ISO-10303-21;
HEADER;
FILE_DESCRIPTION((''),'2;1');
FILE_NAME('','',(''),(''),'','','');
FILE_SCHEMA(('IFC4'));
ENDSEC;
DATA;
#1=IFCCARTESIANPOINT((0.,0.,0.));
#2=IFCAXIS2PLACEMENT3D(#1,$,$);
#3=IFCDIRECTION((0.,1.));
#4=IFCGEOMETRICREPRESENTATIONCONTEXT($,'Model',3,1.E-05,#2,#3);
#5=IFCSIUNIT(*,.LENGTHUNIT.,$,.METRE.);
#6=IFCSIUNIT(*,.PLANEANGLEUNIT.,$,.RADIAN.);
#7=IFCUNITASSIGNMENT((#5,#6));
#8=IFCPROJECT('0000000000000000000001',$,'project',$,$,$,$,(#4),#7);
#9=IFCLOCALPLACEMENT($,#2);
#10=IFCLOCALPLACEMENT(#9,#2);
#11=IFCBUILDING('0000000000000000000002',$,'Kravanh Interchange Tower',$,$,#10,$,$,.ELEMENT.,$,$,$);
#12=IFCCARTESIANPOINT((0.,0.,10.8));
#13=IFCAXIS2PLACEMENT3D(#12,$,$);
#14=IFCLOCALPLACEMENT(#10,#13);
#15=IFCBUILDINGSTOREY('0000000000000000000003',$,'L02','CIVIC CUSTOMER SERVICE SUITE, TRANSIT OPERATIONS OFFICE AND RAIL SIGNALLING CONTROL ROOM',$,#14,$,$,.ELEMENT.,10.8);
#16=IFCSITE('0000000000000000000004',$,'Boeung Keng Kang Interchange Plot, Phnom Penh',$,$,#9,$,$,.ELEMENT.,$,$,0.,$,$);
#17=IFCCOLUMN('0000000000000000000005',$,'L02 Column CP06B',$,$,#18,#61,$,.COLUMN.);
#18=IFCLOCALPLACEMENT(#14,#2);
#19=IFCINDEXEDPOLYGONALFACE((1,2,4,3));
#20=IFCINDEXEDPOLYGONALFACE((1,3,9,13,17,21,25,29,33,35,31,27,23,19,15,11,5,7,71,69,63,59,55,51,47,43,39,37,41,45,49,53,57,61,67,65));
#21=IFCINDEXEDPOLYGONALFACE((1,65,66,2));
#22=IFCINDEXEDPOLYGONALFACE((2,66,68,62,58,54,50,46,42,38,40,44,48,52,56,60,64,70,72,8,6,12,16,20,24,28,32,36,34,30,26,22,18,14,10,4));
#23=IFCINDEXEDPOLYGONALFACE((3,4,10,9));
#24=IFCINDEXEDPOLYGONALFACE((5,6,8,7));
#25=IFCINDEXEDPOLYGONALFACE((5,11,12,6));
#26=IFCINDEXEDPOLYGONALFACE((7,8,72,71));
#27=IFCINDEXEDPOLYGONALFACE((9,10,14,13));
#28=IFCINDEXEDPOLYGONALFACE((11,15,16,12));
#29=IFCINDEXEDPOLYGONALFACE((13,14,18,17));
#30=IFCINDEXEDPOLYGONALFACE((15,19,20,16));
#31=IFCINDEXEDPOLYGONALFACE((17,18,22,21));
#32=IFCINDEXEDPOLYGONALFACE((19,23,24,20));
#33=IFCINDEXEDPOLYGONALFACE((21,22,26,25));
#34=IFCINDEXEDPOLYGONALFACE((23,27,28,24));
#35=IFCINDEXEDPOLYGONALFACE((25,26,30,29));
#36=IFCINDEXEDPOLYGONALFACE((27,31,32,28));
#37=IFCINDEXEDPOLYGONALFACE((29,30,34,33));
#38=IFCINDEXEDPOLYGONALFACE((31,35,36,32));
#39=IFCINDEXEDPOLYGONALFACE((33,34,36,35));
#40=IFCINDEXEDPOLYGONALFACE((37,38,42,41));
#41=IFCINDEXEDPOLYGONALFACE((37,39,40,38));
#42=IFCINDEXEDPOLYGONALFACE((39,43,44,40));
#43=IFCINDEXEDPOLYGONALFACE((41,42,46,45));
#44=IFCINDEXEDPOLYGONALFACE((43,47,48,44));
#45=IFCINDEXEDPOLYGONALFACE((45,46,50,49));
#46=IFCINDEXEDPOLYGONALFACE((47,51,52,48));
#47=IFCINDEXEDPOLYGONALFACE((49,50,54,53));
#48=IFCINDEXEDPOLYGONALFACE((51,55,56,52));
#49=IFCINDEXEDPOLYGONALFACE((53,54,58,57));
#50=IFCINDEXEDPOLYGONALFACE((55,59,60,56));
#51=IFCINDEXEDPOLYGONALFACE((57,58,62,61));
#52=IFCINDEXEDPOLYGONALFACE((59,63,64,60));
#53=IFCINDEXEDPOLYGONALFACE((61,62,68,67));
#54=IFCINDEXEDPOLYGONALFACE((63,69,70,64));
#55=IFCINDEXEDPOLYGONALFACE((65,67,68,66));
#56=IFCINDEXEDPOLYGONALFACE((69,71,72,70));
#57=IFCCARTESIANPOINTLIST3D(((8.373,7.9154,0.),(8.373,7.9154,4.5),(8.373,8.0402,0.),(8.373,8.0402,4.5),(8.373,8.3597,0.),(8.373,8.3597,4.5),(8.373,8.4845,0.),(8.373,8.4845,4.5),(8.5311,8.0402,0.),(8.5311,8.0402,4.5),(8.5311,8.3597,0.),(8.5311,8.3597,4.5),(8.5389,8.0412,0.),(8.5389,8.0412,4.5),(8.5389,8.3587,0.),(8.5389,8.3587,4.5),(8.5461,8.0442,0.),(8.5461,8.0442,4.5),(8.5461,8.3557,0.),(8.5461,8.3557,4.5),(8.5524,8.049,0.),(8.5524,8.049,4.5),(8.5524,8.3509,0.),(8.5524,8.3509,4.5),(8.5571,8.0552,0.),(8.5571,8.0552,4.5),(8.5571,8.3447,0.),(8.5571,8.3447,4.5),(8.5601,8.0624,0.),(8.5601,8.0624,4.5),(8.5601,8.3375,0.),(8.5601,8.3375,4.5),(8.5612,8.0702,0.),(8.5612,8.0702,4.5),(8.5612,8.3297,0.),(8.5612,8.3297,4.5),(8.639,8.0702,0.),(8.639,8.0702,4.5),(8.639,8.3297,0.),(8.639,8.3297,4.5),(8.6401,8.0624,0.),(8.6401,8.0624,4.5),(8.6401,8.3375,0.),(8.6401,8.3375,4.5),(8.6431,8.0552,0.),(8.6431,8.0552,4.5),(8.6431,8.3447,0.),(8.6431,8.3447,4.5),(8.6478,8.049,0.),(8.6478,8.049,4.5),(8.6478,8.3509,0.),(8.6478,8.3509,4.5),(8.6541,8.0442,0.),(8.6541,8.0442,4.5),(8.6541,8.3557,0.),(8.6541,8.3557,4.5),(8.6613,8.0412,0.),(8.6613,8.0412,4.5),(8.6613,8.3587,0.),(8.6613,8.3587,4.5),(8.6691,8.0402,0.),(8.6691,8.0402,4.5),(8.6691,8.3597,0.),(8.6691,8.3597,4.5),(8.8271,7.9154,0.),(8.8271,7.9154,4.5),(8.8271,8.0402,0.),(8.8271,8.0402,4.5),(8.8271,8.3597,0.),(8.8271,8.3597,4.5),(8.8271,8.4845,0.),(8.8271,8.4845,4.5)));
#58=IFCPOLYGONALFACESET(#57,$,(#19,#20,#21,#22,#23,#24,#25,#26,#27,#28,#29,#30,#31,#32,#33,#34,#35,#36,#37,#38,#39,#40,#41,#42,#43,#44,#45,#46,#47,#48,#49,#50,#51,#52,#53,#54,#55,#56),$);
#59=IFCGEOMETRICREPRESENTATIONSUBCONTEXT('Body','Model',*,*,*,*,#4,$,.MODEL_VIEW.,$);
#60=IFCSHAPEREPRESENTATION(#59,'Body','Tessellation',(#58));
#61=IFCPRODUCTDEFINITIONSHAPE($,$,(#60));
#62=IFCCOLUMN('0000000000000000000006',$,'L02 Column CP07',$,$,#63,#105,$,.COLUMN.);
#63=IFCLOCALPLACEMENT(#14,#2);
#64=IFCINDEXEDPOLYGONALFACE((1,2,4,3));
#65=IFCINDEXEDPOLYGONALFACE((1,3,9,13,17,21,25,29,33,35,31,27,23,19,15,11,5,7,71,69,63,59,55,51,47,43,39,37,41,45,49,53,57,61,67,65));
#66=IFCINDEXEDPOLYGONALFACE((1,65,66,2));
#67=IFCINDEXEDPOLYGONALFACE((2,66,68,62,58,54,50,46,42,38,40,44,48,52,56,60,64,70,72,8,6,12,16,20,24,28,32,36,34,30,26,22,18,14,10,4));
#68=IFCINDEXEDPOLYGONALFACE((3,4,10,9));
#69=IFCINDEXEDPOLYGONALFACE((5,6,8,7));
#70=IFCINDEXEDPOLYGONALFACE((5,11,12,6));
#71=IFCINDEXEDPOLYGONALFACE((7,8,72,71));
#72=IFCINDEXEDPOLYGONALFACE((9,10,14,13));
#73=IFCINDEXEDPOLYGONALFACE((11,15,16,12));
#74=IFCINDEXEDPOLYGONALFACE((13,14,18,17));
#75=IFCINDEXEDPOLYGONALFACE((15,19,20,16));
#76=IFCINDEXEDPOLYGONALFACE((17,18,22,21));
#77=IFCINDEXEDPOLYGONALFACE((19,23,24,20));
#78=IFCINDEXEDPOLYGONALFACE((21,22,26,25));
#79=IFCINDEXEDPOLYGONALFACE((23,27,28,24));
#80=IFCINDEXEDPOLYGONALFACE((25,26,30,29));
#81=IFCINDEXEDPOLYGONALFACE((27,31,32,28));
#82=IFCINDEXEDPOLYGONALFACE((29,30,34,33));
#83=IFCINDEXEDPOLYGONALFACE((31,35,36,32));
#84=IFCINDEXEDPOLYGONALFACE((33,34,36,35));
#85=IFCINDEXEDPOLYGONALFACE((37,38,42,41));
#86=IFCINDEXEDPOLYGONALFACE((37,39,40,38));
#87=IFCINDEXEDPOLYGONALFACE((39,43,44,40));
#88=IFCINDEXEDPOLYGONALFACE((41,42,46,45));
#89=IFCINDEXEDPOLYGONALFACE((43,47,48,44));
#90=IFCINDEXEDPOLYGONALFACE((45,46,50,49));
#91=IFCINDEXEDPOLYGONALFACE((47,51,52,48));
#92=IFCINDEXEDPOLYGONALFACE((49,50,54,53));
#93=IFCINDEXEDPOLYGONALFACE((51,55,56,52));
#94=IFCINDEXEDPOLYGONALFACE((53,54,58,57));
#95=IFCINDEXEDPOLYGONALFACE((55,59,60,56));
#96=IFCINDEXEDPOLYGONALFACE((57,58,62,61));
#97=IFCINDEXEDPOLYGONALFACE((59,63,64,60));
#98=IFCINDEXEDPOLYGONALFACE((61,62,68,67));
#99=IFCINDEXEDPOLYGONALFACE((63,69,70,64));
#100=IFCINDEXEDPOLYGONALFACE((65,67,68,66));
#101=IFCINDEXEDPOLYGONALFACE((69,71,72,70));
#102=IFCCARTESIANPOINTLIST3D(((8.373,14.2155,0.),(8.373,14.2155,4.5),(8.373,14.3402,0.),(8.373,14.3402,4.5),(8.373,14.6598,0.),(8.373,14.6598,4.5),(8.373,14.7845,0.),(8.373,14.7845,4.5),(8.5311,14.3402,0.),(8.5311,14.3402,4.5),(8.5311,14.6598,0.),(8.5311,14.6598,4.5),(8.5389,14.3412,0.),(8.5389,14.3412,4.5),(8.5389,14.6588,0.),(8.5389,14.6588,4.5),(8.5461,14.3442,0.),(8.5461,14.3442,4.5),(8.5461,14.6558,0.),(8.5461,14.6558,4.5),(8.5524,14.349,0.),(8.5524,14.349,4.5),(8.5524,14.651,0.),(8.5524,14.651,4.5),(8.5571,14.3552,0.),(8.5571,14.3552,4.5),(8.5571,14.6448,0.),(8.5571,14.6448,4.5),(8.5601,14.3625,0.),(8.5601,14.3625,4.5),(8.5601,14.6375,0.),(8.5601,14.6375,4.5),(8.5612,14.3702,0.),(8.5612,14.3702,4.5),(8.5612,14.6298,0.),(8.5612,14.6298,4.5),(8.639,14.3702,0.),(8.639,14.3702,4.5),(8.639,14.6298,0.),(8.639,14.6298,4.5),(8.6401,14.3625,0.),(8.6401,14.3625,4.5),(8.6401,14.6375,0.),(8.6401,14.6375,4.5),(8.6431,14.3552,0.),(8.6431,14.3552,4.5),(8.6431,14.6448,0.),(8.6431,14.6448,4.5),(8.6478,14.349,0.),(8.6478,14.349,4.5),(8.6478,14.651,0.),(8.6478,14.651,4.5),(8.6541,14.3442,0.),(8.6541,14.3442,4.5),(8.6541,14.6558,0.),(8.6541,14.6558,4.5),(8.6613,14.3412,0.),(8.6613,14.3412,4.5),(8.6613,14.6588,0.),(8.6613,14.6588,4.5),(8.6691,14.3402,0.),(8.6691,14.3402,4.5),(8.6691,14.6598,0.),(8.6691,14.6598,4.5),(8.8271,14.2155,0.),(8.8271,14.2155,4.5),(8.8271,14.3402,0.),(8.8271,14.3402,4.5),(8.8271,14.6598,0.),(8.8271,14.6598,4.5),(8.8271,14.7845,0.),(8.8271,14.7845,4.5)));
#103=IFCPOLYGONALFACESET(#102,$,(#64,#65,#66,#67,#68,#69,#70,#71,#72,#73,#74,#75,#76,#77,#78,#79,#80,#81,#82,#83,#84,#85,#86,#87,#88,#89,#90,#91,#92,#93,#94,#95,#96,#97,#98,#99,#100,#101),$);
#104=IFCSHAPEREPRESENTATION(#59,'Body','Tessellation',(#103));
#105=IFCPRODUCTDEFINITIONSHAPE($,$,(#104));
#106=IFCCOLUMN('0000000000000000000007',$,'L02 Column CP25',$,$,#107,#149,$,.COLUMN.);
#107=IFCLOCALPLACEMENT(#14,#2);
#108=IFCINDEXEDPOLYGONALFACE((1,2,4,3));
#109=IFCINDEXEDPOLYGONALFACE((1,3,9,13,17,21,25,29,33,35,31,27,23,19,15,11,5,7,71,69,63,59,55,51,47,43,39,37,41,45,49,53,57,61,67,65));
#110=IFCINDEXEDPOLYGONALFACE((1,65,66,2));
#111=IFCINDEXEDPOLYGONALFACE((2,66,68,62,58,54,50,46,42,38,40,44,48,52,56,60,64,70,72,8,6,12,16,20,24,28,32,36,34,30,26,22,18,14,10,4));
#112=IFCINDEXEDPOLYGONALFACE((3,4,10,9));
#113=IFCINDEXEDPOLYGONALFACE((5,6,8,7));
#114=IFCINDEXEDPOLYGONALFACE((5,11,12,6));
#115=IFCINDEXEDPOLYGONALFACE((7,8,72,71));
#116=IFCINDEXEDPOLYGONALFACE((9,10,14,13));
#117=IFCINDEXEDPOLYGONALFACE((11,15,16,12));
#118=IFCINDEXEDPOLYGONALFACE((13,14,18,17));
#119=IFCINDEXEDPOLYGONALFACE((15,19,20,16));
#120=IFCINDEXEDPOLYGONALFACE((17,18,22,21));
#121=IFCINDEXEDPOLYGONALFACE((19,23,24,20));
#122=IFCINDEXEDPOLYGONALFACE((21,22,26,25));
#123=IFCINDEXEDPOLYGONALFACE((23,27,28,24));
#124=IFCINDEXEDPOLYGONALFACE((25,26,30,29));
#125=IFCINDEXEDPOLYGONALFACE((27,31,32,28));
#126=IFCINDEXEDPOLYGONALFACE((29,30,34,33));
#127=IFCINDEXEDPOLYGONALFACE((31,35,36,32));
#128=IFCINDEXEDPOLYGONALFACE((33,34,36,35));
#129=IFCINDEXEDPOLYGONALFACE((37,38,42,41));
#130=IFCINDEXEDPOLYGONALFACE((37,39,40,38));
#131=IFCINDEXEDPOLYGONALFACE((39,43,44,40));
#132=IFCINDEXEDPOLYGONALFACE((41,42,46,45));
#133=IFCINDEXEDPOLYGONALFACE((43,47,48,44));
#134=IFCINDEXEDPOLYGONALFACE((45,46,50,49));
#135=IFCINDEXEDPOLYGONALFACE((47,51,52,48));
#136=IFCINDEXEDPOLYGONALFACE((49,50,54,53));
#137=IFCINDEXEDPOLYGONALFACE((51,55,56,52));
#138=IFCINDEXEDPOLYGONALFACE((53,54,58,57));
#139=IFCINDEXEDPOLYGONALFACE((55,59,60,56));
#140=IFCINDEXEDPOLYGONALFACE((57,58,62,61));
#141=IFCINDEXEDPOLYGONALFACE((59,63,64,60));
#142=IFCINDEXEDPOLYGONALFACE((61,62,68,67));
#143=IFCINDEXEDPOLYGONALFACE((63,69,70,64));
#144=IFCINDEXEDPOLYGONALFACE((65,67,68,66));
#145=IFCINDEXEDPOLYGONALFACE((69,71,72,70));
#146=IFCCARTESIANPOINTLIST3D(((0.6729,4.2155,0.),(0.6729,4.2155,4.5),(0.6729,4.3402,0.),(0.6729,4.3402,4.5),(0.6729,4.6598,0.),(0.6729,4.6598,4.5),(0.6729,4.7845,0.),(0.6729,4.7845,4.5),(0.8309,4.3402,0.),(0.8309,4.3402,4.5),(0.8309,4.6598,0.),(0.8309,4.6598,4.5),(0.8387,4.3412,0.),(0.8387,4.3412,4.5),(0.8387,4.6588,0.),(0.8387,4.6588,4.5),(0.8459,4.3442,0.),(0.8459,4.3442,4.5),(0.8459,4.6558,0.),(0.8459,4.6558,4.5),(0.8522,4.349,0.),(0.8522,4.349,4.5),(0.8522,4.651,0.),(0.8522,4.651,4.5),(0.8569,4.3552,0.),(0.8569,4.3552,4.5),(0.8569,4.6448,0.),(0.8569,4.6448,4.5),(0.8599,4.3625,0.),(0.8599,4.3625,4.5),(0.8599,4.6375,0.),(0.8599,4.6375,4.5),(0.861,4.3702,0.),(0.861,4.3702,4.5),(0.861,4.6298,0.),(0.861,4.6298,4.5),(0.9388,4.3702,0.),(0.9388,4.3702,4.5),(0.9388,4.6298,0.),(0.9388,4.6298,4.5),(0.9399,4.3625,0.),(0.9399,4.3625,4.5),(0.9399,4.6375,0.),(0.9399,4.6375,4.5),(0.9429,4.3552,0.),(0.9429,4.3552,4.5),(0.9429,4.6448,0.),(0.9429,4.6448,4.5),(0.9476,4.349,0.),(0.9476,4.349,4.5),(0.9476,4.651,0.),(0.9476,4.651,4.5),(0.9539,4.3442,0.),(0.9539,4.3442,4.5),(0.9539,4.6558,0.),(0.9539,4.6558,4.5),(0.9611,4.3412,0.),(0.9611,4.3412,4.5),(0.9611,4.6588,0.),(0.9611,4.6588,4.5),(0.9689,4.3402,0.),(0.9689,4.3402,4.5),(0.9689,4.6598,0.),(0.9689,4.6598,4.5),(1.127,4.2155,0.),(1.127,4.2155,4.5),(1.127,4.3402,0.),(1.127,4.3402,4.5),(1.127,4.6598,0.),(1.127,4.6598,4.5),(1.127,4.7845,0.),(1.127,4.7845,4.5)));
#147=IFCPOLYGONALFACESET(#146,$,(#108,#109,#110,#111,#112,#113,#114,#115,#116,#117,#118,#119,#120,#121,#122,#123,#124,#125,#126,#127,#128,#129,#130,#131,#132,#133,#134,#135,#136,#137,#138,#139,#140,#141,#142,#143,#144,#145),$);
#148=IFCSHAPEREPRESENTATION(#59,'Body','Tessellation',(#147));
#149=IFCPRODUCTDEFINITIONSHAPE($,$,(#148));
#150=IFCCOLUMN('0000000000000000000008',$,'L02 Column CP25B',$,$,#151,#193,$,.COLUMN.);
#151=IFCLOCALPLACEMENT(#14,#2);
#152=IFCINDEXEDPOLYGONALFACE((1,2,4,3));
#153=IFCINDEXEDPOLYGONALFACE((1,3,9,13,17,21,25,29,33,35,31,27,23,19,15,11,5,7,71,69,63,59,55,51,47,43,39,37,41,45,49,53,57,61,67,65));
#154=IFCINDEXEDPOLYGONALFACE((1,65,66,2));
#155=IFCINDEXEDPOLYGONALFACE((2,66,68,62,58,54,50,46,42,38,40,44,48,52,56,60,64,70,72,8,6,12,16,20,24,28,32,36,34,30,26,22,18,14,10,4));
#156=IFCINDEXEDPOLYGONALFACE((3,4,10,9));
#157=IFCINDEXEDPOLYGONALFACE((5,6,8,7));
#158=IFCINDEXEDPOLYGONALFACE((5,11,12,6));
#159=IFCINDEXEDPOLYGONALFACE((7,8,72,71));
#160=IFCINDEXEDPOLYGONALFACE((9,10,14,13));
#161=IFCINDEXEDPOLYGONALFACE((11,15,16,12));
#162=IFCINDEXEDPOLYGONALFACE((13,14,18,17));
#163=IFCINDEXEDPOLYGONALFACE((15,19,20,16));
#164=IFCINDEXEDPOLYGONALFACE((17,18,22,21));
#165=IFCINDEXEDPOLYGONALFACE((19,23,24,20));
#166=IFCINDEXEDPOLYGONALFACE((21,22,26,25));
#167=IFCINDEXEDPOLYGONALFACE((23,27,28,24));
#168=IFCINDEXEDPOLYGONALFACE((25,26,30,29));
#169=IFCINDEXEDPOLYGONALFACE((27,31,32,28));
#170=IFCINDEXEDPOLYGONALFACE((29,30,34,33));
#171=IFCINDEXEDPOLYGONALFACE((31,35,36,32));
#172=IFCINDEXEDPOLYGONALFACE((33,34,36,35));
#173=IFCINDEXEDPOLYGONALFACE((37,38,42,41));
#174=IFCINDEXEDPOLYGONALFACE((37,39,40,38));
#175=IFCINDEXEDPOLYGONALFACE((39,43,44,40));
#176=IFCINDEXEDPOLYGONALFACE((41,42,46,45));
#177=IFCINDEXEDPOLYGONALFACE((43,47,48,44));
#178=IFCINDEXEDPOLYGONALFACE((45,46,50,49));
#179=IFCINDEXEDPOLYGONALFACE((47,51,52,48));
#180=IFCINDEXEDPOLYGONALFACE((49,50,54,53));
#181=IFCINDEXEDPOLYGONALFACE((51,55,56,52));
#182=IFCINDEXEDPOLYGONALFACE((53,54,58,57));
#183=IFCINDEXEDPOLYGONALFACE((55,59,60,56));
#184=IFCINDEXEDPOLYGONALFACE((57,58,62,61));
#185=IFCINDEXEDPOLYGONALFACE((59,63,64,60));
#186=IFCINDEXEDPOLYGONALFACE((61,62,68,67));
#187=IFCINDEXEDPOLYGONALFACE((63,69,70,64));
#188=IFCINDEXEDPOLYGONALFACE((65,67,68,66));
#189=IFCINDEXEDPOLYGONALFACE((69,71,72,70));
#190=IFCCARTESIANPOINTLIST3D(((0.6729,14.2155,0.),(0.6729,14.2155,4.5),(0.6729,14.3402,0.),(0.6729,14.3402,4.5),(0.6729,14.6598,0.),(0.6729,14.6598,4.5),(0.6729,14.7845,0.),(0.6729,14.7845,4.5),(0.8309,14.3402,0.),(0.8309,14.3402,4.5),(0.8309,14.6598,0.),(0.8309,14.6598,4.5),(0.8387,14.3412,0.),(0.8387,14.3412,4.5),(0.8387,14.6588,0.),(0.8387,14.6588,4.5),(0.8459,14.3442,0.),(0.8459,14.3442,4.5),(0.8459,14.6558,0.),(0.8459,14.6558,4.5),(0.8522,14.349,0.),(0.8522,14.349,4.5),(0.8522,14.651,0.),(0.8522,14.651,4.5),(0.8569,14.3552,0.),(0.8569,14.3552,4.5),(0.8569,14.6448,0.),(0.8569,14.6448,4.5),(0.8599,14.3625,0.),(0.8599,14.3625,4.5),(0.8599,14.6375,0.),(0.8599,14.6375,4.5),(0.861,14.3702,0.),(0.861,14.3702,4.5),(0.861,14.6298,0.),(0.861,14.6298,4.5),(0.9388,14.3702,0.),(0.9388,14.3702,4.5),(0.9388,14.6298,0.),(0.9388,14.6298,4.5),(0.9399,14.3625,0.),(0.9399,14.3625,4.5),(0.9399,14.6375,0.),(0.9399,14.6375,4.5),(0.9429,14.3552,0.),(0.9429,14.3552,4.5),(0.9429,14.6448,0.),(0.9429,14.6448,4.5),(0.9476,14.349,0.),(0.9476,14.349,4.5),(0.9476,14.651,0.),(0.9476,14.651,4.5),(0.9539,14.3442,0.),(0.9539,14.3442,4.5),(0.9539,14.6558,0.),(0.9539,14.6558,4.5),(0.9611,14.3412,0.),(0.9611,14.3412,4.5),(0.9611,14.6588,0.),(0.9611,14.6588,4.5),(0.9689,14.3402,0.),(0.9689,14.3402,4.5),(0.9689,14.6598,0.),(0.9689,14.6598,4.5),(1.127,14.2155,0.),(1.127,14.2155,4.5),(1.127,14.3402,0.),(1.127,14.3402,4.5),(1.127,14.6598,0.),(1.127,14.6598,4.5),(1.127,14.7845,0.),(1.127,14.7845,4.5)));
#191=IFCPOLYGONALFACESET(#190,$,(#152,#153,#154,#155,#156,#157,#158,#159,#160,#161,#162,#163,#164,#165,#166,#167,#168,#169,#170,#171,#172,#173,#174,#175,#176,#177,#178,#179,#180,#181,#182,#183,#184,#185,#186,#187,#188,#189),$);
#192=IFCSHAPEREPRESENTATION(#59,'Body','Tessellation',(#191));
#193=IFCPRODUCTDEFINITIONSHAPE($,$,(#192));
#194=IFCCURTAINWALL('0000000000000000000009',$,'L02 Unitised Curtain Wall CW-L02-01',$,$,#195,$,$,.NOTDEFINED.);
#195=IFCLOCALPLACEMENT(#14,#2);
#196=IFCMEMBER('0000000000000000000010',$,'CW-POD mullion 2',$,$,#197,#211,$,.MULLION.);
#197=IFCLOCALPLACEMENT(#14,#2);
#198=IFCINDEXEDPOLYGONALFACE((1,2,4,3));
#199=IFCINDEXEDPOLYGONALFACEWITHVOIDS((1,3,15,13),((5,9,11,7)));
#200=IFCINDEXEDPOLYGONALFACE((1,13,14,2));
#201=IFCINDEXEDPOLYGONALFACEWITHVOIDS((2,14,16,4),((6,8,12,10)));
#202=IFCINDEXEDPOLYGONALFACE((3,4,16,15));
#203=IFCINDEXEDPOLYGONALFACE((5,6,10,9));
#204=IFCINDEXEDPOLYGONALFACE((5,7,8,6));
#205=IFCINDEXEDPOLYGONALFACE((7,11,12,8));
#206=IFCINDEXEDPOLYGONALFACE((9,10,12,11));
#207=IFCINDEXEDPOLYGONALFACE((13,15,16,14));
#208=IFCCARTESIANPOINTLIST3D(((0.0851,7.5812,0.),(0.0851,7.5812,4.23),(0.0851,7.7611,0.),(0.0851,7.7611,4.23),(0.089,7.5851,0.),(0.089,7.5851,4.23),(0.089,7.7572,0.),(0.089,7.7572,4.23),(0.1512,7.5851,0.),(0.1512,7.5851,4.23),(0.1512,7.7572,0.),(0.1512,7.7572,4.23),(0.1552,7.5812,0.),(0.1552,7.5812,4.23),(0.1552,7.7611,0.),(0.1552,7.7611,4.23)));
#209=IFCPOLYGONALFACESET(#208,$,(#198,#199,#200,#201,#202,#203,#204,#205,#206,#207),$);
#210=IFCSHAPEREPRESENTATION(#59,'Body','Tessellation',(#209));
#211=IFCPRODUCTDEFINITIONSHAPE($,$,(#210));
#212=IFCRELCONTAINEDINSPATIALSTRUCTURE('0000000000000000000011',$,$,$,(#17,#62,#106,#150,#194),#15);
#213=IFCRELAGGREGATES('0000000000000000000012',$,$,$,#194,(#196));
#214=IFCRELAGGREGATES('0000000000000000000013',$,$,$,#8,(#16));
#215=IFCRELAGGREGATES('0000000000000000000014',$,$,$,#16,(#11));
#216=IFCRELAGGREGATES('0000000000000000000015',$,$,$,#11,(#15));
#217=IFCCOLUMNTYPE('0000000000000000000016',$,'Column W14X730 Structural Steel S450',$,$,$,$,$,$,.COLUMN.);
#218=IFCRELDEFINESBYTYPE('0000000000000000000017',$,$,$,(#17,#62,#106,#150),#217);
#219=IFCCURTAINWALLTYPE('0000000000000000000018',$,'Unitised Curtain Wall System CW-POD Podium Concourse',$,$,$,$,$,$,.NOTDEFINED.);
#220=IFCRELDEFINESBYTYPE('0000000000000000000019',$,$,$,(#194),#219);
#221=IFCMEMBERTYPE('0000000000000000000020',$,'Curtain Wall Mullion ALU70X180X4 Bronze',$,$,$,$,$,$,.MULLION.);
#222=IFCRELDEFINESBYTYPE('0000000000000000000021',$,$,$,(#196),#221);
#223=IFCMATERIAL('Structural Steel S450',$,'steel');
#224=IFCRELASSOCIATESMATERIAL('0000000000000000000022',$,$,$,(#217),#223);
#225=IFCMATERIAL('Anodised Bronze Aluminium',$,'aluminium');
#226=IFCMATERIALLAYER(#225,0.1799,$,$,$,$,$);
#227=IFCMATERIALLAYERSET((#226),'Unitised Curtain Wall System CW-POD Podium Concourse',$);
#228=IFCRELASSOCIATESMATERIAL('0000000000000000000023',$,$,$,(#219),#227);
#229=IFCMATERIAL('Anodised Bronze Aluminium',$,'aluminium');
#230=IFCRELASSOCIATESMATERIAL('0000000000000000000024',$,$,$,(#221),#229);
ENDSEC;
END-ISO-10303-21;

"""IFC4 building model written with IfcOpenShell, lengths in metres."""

from ifc_helpers import new_model, si_unit, direction, frame, origin, origin_2d, place, context, subcontext, project, spatial, hollow_rectangle, i_section, extrude, material, layer, layer_set, material_profile, profile_set, type_object, element, aggregate, save


model = new_model("IFC4")

# Units and contexts
model_context = context("Model", 3, precision=1e-05, world=origin(), true_north=direction((0.0, 1.0)))
body_context = subcontext(model_context, "Body", "Model", "MODEL_VIEW")
ifc_project = project(units=[si_unit("LENGTHUNIT", "METRE"), si_unit("PLANEANGLEUNIT", "RADIAN")], contexts=[model_context])

# Site, building, storey
site_placement = place(None, origin())
site = spatial("IfcSite", under=ifc_project, at=site_placement, Name="Boeung Keng Kang Interchange Plot, Phnom Penh", CompositionType="ELEMENT", RefElevation=0.0)
building_placement = place(site_placement, origin())
building = spatial("IfcBuilding", under=site, at=building_placement, Name="Kravanh Interchange Tower", CompositionType="ELEMENT")
storey_placement = place(building_placement, frame((0.0, 0.0, 10.8)))
storey = spatial("IfcBuildingStorey", under=building, at=storey_placement, Name="L02", Description="CIVIC CUSTOMER SERVICE SUITE, TRANSIT OPERATIONS OFFICE AND RAIL SIGNALLING CONTROL ROOM", CompositionType="ELEMENT", Elevation=10.8)

# Columns
ifc_material_1 = material(Name="Structural Steel S450", Category="steel")
ifc_material_profile_1 = material_profile(ifc_material_1, i_section(OverallWidth=0.4541, OverallDepth=0.5691, WebThickness=0.0779, FlangeThickness=0.1248, FilletRadius=0.03, at=origin_2d()), Name="W14X730")
ifc_profile_set_1 = profile_set([ifc_material_profile_1], Name="Structural Steel S450")
column_type = type_object("IfcColumnType", Name="Column W14X730 Structural Steel S450", PredefinedType="COLUMN", material=ifc_profile_set_1)
for number, where, z_axis, x_axis, name in (
    (1, (8.6001, 8.2, 0.0), (0.0, 0.0, 1.0), (1.0, 0.0, 0.0), "L02 Column CP06B"),
    (2, (8.6001, 14.5, 0.0), (0.0, 0.0, 1.0), (1.0, 0.0, 0.0), "L02 Column CP07"),
    (3, (0.8999, 4.5, 0.0), (0.0, 0.0, 1.0), (1.0, 0.0, 0.0), "L02 Column CP25"),
    (4, (0.8999, 14.5, 0.0), (0.0, 0.0, 1.0), (1.0, 0.0, 0.0), "L02 Column CP25B"),
):
    element("IfcColumn", number, at=place(storey_placement, frame(where, z_axis=z_axis, x_axis=x_axis)), inside=storey, type_object=column_type, Name=name, PredefinedType="COLUMN", context=body_context, shape_type="SweptSolid", body=[
        extrude(i_section(OverallWidth=0.4541, OverallDepth=0.5691, WebThickness=0.0779, FlangeThickness=0.1248, FilletRadius=0.03, at=origin_2d()), origin(), (0.0, 0.0, 1.0), 4.5),
    ])

# Curtain wall, member
ifc_material_2 = material(Name="Anodised Bronze Aluminium", Category="aluminium")
ifc_layer_1 = layer(ifc_material_2, 0.1799)
ifc_layer_set_1 = layer_set([ifc_layer_1], Name="Unitised Curtain Wall System CW-POD Podium Concourse")
curtain_wall_type = type_object("IfcCurtainWallType", Name="Unitised Curtain Wall System CW-POD Podium Concourse", PredefinedType="NOTDEFINED", material=ifc_layer_set_1)
curtain_wall_placement = place(storey_placement, origin())
curtain_wall = element("IfcCurtainWall", 5, at=curtain_wall_placement, inside=storey, type_object=curtain_wall_type, Name="L02 Unitised Curtain Wall CW-L02-01", PredefinedType="NOTDEFINED")
ifc_material_3 = material(Name="Anodised Bronze Aluminium", Category="aluminium")
ifc_material_profile_2 = material_profile(ifc_material_3, hollow_rectangle(XDim=0.0701, YDim=0.1799, WallThickness=0.0039, at=origin_2d()), Name="ALU70X180X4")
ifc_profile_set_2 = profile_set([ifc_material_profile_2], Name="Anodised Bronze Aluminium")
member_type_1 = type_object("IfcMemberType", Name="Curtain Wall Mullion ALU70X180X4 Bronze", PredefinedType="MULLION", material=ifc_profile_set_2)
member_1_placement = place(storey_placement, frame((0.1201, 7.6711, 0.0), z_axis=(0.0, 0.0, 1.0), x_axis=(-1.0, 0.0, 0.0)))
member_1 = element("IfcMember", 6, at=member_1_placement, type_object=member_type_1, Name="CW-POD mullion 2", PredefinedType="MULLION", context=body_context, shape_type="SweptSolid", body=[
    extrude(hollow_rectangle(XDim=0.0701, YDim=0.1799, WallThickness=0.0039, at=origin_2d()), origin(), (0.0, 0.0, 1.0), 4.23),
])

aggregate(curtain_wall, [member_1])

save(model, "model.ifc")
